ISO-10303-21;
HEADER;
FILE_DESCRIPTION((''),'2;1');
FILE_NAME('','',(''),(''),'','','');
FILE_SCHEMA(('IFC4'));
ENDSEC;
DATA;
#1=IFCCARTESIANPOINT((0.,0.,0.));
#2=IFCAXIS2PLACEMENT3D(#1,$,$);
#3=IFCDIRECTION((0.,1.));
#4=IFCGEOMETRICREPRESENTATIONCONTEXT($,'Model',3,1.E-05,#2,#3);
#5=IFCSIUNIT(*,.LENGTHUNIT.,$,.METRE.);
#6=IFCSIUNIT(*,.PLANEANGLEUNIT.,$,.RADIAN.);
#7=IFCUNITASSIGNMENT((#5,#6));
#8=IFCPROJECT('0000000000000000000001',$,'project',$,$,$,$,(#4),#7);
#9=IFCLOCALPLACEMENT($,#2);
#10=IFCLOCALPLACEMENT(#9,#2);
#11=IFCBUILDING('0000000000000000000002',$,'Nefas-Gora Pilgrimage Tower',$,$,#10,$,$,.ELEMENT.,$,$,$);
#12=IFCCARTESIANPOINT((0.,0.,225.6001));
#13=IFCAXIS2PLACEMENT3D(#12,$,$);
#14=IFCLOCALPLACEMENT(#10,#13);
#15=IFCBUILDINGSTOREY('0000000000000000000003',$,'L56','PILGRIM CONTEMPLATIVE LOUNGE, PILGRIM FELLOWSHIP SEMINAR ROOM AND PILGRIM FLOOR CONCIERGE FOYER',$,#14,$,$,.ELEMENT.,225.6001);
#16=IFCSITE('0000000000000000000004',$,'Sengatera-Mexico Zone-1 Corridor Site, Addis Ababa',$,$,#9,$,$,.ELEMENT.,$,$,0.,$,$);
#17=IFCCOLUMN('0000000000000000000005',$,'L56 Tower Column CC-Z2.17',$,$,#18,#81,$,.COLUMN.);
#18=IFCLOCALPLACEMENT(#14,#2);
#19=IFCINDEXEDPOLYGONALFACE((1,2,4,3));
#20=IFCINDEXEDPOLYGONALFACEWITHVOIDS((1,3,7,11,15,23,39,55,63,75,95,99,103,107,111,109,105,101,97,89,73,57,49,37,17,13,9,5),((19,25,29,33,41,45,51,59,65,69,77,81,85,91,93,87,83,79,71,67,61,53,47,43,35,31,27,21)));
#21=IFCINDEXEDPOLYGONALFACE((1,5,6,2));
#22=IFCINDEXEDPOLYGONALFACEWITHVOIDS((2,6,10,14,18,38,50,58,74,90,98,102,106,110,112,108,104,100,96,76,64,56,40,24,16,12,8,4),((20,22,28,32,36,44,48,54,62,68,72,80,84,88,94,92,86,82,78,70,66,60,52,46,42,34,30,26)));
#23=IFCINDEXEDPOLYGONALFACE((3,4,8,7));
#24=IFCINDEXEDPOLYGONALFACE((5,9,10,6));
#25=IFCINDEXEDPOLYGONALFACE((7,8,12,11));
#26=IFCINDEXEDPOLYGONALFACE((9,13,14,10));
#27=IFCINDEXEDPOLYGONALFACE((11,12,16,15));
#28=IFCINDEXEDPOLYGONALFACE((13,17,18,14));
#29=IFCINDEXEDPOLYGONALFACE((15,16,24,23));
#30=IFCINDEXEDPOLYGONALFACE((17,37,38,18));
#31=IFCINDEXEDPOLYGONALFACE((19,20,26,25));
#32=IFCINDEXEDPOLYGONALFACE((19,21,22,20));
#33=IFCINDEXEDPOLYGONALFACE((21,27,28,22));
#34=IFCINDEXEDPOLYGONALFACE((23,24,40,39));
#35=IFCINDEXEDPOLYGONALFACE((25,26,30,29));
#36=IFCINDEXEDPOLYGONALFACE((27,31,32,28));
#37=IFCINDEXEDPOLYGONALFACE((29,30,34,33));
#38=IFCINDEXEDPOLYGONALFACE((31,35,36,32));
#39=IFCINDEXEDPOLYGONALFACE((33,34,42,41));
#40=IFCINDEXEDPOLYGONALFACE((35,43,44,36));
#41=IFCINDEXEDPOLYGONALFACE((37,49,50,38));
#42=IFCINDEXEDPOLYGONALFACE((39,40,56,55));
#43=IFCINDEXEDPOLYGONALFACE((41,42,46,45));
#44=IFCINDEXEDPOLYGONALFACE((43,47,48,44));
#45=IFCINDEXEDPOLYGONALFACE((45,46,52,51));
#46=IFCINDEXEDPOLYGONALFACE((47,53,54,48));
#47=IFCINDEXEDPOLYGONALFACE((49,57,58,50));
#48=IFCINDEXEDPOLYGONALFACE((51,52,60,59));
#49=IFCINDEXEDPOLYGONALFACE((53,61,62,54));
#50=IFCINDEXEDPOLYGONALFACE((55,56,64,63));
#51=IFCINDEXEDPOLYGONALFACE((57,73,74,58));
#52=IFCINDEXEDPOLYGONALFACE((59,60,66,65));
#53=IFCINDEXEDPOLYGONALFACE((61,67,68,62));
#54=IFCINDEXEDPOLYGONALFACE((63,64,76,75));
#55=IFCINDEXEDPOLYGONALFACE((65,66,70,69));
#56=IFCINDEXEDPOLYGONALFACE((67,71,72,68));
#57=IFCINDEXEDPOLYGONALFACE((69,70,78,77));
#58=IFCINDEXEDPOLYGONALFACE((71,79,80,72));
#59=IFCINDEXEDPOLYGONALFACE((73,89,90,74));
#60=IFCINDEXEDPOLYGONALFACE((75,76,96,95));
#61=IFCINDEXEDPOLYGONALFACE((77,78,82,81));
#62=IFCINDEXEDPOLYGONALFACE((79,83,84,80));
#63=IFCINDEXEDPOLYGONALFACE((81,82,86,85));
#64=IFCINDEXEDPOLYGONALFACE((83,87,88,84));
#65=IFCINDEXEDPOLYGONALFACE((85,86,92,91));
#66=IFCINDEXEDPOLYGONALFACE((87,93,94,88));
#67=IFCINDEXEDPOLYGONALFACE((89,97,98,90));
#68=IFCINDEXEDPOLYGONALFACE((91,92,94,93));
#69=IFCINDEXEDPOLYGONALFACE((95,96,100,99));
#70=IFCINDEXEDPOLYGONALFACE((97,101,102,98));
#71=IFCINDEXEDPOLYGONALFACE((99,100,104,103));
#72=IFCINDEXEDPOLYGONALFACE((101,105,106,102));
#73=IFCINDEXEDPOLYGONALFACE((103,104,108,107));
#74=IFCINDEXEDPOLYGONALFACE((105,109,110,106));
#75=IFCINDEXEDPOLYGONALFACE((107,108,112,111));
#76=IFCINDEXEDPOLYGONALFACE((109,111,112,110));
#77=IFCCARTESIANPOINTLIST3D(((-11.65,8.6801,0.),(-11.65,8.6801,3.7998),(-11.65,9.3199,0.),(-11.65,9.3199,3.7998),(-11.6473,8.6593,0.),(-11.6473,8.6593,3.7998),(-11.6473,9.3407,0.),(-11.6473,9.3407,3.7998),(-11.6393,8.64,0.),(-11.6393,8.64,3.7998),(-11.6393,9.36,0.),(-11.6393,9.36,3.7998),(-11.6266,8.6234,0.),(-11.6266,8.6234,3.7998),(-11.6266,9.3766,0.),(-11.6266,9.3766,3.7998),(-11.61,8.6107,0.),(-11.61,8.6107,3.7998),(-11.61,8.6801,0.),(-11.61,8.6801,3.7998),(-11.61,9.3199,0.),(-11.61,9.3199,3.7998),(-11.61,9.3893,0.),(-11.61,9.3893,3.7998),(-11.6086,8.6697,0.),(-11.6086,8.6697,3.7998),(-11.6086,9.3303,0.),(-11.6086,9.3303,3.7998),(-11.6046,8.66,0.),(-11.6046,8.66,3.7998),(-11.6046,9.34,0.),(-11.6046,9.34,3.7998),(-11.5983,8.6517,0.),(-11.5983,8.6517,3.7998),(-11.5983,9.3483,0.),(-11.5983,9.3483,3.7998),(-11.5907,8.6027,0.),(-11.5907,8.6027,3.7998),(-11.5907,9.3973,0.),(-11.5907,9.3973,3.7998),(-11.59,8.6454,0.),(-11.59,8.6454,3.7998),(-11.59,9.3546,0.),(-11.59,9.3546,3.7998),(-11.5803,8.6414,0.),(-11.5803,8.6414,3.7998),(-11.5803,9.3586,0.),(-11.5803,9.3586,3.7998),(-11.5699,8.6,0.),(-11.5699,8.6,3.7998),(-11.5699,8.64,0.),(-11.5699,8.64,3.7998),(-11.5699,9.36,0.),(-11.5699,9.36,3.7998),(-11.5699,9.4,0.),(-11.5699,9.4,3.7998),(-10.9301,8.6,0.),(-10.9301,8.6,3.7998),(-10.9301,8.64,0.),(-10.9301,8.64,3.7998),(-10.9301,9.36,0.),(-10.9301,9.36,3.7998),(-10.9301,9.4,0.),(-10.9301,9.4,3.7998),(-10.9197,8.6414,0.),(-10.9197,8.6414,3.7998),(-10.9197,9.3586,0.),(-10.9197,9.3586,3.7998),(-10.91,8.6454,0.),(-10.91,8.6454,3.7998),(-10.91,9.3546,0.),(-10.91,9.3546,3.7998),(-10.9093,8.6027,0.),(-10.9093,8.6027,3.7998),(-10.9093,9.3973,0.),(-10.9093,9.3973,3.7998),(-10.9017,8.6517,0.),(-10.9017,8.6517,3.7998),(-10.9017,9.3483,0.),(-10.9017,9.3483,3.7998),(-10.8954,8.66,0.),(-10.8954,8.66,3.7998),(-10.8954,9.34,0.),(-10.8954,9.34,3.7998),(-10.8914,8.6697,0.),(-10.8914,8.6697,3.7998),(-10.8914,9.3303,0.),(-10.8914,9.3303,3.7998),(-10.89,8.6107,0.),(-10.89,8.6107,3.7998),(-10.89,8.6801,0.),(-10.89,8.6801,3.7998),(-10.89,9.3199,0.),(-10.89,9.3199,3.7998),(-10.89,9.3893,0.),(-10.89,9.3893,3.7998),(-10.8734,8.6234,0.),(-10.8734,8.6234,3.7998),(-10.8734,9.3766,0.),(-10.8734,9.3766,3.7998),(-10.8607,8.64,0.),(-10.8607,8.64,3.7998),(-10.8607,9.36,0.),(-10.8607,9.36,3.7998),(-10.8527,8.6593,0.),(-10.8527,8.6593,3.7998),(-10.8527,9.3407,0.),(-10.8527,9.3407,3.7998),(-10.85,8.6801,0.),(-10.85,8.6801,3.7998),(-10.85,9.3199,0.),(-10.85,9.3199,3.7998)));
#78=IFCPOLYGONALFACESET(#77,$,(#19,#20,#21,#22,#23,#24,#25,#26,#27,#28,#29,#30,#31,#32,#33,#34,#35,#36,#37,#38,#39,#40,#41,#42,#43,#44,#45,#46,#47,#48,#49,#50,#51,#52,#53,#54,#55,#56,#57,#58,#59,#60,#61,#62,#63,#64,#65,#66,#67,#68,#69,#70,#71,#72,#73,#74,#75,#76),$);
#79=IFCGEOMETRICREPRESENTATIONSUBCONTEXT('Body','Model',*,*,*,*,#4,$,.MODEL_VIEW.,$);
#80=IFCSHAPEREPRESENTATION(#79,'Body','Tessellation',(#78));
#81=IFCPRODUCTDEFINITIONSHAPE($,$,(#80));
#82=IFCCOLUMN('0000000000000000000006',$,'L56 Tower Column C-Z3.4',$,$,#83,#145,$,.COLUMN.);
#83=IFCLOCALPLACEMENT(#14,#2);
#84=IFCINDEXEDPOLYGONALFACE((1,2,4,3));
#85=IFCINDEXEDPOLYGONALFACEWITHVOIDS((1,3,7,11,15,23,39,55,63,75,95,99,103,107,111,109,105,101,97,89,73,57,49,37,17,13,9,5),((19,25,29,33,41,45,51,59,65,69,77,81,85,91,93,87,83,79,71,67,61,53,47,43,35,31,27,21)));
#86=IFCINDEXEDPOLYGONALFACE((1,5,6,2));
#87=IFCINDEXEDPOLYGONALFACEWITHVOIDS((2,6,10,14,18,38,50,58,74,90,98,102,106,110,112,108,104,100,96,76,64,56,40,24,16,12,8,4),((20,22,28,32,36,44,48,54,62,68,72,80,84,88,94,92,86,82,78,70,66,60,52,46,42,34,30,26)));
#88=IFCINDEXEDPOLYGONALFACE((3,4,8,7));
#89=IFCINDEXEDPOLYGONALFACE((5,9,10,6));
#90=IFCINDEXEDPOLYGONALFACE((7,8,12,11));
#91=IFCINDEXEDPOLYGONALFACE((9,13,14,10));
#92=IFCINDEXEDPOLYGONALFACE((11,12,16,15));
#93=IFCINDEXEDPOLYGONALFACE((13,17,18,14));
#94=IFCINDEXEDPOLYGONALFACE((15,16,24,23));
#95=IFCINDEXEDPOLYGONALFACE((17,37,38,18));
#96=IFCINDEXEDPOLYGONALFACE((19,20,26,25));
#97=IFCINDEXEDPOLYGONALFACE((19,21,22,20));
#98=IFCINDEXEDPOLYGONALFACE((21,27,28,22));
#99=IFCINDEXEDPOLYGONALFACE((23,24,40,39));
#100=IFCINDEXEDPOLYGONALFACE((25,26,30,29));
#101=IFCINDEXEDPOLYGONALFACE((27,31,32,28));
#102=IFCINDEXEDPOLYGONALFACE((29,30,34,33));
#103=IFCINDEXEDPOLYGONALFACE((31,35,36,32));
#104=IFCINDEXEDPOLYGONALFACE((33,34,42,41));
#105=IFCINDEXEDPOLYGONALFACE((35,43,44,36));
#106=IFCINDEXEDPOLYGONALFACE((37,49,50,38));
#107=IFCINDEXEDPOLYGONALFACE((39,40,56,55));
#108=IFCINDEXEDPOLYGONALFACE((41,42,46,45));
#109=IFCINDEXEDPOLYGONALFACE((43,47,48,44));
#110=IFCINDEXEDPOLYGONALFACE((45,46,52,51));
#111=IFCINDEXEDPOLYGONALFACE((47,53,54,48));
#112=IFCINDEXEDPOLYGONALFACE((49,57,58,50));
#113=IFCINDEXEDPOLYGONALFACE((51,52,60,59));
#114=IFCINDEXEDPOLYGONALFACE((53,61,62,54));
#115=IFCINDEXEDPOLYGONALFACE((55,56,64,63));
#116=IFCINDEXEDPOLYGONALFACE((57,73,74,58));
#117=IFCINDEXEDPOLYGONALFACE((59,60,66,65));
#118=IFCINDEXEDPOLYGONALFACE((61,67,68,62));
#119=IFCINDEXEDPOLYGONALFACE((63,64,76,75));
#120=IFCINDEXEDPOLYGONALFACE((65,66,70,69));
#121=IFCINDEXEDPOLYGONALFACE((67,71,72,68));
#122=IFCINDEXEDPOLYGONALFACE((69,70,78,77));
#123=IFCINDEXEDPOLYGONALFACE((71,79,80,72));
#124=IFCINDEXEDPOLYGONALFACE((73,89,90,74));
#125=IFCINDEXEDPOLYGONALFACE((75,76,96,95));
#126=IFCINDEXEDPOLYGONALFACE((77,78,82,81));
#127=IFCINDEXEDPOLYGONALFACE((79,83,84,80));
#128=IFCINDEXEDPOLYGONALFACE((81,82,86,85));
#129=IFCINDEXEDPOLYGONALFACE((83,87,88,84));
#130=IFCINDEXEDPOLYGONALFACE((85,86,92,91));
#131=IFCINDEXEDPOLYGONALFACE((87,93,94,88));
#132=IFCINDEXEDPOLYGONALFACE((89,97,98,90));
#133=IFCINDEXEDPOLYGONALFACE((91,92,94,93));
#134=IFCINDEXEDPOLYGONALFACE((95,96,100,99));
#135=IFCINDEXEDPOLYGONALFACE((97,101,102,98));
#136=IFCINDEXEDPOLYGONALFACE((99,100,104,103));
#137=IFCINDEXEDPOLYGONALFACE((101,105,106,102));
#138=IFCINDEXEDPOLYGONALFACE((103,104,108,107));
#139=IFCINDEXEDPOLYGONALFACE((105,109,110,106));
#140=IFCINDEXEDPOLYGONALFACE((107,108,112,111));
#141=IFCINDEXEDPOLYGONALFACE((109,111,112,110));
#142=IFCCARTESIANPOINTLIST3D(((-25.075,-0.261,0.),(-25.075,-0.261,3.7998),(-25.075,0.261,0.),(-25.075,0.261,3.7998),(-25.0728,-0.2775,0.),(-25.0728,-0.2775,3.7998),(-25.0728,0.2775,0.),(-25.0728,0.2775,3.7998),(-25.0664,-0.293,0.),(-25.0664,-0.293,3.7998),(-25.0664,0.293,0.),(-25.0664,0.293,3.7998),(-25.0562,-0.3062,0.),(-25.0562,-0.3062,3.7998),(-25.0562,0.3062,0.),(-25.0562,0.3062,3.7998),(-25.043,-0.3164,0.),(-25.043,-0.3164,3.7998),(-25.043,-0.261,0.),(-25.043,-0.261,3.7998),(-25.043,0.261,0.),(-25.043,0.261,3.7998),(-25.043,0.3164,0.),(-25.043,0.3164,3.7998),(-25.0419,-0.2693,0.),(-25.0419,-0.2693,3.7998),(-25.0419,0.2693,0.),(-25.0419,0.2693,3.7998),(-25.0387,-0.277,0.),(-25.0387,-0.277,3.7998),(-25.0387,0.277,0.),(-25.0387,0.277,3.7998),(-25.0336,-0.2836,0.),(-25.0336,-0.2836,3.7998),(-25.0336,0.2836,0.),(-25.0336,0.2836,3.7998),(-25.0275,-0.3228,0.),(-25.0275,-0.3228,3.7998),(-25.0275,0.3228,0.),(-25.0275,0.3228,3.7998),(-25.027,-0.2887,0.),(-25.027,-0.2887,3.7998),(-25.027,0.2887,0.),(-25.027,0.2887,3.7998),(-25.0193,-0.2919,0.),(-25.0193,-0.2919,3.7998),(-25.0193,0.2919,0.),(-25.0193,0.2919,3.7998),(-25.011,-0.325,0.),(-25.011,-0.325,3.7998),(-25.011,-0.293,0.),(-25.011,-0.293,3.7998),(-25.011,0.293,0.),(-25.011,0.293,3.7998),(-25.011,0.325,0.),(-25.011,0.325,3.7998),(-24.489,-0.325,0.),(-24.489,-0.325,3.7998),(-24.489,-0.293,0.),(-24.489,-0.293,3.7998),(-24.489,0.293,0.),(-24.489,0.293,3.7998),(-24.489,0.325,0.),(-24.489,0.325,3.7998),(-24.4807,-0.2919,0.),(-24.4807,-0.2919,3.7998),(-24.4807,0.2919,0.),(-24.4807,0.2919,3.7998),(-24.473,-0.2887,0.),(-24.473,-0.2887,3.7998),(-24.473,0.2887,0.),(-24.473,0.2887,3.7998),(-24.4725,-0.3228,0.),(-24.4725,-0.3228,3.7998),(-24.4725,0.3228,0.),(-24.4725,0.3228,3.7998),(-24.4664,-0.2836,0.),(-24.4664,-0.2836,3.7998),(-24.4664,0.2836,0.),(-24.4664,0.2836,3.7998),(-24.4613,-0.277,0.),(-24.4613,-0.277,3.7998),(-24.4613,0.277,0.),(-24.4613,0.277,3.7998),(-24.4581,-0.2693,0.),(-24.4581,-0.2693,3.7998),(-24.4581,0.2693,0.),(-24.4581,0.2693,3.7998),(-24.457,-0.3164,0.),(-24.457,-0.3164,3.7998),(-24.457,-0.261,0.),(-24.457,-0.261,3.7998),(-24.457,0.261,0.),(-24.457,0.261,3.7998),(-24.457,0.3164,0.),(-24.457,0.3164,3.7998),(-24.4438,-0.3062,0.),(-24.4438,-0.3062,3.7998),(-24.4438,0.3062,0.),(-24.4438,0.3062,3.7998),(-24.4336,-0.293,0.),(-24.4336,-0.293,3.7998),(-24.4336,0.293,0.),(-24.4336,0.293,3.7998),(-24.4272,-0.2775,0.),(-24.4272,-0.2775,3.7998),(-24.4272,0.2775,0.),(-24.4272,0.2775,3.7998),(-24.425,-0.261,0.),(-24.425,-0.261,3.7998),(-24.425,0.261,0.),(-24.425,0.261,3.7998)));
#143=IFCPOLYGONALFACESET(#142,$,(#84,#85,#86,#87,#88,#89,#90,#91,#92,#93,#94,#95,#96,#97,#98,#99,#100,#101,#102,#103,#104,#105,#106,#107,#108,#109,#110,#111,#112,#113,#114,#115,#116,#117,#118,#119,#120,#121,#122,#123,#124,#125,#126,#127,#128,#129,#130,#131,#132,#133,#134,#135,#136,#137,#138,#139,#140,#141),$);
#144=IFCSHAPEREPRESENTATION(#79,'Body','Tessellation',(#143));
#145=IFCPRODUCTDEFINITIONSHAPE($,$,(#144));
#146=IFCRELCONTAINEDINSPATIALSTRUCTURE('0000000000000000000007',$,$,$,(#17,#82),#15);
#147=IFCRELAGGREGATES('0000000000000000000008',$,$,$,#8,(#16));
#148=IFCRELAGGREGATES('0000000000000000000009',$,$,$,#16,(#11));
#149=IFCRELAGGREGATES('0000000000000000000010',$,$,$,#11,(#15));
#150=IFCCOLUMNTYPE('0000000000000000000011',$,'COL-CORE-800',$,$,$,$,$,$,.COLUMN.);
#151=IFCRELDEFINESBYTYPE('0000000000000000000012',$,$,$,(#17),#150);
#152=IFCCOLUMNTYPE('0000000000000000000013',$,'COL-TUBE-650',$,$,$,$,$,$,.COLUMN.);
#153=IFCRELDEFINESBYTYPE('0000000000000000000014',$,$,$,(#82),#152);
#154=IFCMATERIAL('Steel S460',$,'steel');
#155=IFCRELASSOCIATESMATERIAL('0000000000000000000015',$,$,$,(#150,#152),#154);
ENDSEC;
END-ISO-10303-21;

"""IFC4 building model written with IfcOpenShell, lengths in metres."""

from ifc_helpers import new_model, si_unit, direction, frame, origin, origin_2d, place, context, subcontext, project, spatial, hollow_rectangle, extrude, source, transform, mapped, material, material_profile, profile_set, type_object, element, save


model = new_model("IFC4")

# Units and contexts
model_context = context("Model", 3, precision=1e-05, world=origin(), true_north=direction((0.0, 1.0)))
body_context = subcontext(model_context, "Body", "Model", "MODEL_VIEW")
ifc_project = project(units=[si_unit("LENGTHUNIT", "METRE"), si_unit("PLANEANGLEUNIT", "RADIAN")], contexts=[model_context])

# Site, building, storey
site_placement = place(None, origin())
site = spatial("IfcSite", under=ifc_project, at=site_placement, Name="Sengatera-Mexico Zone-1 Corridor Site, Addis Ababa", CompositionType="ELEMENT", RefElevation=0.0)
building_placement = place(site_placement, origin())
building = spatial("IfcBuilding", under=site, at=building_placement, Name="Nefas-Gora Pilgrimage Tower", CompositionType="ELEMENT")
storey_placement = place(building_placement, frame((0.0, 0.0, 225.6001)))
storey = spatial("IfcBuildingStorey", under=building, at=storey_placement, Name="L56", Description="PILGRIM CONTEMPLATIVE LOUNGE, PILGRIM FELLOWSHIP SEMINAR ROOM AND PILGRIM FLOOR CONCIERGE FOYER", CompositionType="ELEMENT", Elevation=225.6001)

# Columns
ifc_material_1 = material(Name="Steel S460", Category="steel")
ifc_material_profile_1 = material_profile(ifc_material_1, hollow_rectangle(XDim=0.8, YDim=0.8, WallThickness=0.04, InnerFilletRadius=0.04, OuterFilletRadius=0.0801, at=origin_2d()), Name="BOX 800x800x40")
ifc_profile_set_1 = profile_set([ifc_material_profile_1], Name="Steel S460")
column_type_1 = type_object("IfcColumnType", Name="COL-CORE-800", PredefinedType="COLUMN", material=ifc_profile_set_1)
shared_shape_1 = source(origin(), body_context, "Body", "SweptSolid", [
    extrude(hollow_rectangle(XDim=0.8, YDim=0.8, WallThickness=0.04, InnerFilletRadius=0.04, OuterFilletRadius=0.0801, at=origin_2d()), origin(), (0.0, 0.0, 1.0), 3.7998),
])
column_placement = place(storey_placement, frame((-11.25, 9.0, 0.0), z_axis=(0.0, 0.0, 1.0), x_axis=(1.0, 0.0, 0.0)))
element("IfcColumn", 1, at=column_placement, inside=storey, type_object=column_type_1, Name="L56 Tower Column CC-Z2.17", PredefinedType="COLUMN", context=body_context, shape_type="MappedRepresentation", body=[
    mapped(shared_shape_1, transform((0.0, 0.0, 0.0), x_axis=(1.0, 0.0, 0.0), y_axis=(0.0, 1.0, 0.0), z_axis=(0.0, 0.0, 1.0), scale=1.0)),
])
ifc_material_profile_2 = material_profile(ifc_material_1, hollow_rectangle(XDim=0.6499, YDim=0.6499, WallThickness=0.032, InnerFilletRadius=0.032, OuterFilletRadius=0.064, at=origin_2d()), Name="BOX 650x650x32")
ifc_profile_set_2 = profile_set([ifc_material_profile_2], Name="Steel S460")
column_type_2 = type_object("IfcColumnType", Name="COL-TUBE-650", PredefinedType="COLUMN", material=ifc_profile_set_2)
shared_shape_2 = source(origin(), body_context, "Body", "SweptSolid", [
    extrude(hollow_rectangle(XDim=0.6499, YDim=0.6499, WallThickness=0.032, InnerFilletRadius=0.032, OuterFilletRadius=0.064, at=origin_2d()), origin(), (0.0, 0.0, 1.0), 3.7998),
])
for number, where, z_axis, x_axis, name in (
    (2, (-24.75, 0.0, 0.0), (0.0, 0.0, 1.0), (1.0, 0.0, 0.0), "L56 Tower Column C-Z3.4"),
):
    element("IfcColumn", number, at=place(storey_placement, frame(where, z_axis=z_axis, x_axis=x_axis)), inside=storey, type_object=column_type_2, Name=name, PredefinedType="COLUMN", context=body_context, shape_type="MappedRepresentation", body=[
        mapped(shared_shape_2, transform((0.0, 0.0, 0.0), x_axis=(1.0, 0.0, 0.0), y_axis=(0.0, 1.0, 0.0), z_axis=(0.0, 0.0, 1.0), scale=1.0)),
    ])

save(model, "model.ifc")
